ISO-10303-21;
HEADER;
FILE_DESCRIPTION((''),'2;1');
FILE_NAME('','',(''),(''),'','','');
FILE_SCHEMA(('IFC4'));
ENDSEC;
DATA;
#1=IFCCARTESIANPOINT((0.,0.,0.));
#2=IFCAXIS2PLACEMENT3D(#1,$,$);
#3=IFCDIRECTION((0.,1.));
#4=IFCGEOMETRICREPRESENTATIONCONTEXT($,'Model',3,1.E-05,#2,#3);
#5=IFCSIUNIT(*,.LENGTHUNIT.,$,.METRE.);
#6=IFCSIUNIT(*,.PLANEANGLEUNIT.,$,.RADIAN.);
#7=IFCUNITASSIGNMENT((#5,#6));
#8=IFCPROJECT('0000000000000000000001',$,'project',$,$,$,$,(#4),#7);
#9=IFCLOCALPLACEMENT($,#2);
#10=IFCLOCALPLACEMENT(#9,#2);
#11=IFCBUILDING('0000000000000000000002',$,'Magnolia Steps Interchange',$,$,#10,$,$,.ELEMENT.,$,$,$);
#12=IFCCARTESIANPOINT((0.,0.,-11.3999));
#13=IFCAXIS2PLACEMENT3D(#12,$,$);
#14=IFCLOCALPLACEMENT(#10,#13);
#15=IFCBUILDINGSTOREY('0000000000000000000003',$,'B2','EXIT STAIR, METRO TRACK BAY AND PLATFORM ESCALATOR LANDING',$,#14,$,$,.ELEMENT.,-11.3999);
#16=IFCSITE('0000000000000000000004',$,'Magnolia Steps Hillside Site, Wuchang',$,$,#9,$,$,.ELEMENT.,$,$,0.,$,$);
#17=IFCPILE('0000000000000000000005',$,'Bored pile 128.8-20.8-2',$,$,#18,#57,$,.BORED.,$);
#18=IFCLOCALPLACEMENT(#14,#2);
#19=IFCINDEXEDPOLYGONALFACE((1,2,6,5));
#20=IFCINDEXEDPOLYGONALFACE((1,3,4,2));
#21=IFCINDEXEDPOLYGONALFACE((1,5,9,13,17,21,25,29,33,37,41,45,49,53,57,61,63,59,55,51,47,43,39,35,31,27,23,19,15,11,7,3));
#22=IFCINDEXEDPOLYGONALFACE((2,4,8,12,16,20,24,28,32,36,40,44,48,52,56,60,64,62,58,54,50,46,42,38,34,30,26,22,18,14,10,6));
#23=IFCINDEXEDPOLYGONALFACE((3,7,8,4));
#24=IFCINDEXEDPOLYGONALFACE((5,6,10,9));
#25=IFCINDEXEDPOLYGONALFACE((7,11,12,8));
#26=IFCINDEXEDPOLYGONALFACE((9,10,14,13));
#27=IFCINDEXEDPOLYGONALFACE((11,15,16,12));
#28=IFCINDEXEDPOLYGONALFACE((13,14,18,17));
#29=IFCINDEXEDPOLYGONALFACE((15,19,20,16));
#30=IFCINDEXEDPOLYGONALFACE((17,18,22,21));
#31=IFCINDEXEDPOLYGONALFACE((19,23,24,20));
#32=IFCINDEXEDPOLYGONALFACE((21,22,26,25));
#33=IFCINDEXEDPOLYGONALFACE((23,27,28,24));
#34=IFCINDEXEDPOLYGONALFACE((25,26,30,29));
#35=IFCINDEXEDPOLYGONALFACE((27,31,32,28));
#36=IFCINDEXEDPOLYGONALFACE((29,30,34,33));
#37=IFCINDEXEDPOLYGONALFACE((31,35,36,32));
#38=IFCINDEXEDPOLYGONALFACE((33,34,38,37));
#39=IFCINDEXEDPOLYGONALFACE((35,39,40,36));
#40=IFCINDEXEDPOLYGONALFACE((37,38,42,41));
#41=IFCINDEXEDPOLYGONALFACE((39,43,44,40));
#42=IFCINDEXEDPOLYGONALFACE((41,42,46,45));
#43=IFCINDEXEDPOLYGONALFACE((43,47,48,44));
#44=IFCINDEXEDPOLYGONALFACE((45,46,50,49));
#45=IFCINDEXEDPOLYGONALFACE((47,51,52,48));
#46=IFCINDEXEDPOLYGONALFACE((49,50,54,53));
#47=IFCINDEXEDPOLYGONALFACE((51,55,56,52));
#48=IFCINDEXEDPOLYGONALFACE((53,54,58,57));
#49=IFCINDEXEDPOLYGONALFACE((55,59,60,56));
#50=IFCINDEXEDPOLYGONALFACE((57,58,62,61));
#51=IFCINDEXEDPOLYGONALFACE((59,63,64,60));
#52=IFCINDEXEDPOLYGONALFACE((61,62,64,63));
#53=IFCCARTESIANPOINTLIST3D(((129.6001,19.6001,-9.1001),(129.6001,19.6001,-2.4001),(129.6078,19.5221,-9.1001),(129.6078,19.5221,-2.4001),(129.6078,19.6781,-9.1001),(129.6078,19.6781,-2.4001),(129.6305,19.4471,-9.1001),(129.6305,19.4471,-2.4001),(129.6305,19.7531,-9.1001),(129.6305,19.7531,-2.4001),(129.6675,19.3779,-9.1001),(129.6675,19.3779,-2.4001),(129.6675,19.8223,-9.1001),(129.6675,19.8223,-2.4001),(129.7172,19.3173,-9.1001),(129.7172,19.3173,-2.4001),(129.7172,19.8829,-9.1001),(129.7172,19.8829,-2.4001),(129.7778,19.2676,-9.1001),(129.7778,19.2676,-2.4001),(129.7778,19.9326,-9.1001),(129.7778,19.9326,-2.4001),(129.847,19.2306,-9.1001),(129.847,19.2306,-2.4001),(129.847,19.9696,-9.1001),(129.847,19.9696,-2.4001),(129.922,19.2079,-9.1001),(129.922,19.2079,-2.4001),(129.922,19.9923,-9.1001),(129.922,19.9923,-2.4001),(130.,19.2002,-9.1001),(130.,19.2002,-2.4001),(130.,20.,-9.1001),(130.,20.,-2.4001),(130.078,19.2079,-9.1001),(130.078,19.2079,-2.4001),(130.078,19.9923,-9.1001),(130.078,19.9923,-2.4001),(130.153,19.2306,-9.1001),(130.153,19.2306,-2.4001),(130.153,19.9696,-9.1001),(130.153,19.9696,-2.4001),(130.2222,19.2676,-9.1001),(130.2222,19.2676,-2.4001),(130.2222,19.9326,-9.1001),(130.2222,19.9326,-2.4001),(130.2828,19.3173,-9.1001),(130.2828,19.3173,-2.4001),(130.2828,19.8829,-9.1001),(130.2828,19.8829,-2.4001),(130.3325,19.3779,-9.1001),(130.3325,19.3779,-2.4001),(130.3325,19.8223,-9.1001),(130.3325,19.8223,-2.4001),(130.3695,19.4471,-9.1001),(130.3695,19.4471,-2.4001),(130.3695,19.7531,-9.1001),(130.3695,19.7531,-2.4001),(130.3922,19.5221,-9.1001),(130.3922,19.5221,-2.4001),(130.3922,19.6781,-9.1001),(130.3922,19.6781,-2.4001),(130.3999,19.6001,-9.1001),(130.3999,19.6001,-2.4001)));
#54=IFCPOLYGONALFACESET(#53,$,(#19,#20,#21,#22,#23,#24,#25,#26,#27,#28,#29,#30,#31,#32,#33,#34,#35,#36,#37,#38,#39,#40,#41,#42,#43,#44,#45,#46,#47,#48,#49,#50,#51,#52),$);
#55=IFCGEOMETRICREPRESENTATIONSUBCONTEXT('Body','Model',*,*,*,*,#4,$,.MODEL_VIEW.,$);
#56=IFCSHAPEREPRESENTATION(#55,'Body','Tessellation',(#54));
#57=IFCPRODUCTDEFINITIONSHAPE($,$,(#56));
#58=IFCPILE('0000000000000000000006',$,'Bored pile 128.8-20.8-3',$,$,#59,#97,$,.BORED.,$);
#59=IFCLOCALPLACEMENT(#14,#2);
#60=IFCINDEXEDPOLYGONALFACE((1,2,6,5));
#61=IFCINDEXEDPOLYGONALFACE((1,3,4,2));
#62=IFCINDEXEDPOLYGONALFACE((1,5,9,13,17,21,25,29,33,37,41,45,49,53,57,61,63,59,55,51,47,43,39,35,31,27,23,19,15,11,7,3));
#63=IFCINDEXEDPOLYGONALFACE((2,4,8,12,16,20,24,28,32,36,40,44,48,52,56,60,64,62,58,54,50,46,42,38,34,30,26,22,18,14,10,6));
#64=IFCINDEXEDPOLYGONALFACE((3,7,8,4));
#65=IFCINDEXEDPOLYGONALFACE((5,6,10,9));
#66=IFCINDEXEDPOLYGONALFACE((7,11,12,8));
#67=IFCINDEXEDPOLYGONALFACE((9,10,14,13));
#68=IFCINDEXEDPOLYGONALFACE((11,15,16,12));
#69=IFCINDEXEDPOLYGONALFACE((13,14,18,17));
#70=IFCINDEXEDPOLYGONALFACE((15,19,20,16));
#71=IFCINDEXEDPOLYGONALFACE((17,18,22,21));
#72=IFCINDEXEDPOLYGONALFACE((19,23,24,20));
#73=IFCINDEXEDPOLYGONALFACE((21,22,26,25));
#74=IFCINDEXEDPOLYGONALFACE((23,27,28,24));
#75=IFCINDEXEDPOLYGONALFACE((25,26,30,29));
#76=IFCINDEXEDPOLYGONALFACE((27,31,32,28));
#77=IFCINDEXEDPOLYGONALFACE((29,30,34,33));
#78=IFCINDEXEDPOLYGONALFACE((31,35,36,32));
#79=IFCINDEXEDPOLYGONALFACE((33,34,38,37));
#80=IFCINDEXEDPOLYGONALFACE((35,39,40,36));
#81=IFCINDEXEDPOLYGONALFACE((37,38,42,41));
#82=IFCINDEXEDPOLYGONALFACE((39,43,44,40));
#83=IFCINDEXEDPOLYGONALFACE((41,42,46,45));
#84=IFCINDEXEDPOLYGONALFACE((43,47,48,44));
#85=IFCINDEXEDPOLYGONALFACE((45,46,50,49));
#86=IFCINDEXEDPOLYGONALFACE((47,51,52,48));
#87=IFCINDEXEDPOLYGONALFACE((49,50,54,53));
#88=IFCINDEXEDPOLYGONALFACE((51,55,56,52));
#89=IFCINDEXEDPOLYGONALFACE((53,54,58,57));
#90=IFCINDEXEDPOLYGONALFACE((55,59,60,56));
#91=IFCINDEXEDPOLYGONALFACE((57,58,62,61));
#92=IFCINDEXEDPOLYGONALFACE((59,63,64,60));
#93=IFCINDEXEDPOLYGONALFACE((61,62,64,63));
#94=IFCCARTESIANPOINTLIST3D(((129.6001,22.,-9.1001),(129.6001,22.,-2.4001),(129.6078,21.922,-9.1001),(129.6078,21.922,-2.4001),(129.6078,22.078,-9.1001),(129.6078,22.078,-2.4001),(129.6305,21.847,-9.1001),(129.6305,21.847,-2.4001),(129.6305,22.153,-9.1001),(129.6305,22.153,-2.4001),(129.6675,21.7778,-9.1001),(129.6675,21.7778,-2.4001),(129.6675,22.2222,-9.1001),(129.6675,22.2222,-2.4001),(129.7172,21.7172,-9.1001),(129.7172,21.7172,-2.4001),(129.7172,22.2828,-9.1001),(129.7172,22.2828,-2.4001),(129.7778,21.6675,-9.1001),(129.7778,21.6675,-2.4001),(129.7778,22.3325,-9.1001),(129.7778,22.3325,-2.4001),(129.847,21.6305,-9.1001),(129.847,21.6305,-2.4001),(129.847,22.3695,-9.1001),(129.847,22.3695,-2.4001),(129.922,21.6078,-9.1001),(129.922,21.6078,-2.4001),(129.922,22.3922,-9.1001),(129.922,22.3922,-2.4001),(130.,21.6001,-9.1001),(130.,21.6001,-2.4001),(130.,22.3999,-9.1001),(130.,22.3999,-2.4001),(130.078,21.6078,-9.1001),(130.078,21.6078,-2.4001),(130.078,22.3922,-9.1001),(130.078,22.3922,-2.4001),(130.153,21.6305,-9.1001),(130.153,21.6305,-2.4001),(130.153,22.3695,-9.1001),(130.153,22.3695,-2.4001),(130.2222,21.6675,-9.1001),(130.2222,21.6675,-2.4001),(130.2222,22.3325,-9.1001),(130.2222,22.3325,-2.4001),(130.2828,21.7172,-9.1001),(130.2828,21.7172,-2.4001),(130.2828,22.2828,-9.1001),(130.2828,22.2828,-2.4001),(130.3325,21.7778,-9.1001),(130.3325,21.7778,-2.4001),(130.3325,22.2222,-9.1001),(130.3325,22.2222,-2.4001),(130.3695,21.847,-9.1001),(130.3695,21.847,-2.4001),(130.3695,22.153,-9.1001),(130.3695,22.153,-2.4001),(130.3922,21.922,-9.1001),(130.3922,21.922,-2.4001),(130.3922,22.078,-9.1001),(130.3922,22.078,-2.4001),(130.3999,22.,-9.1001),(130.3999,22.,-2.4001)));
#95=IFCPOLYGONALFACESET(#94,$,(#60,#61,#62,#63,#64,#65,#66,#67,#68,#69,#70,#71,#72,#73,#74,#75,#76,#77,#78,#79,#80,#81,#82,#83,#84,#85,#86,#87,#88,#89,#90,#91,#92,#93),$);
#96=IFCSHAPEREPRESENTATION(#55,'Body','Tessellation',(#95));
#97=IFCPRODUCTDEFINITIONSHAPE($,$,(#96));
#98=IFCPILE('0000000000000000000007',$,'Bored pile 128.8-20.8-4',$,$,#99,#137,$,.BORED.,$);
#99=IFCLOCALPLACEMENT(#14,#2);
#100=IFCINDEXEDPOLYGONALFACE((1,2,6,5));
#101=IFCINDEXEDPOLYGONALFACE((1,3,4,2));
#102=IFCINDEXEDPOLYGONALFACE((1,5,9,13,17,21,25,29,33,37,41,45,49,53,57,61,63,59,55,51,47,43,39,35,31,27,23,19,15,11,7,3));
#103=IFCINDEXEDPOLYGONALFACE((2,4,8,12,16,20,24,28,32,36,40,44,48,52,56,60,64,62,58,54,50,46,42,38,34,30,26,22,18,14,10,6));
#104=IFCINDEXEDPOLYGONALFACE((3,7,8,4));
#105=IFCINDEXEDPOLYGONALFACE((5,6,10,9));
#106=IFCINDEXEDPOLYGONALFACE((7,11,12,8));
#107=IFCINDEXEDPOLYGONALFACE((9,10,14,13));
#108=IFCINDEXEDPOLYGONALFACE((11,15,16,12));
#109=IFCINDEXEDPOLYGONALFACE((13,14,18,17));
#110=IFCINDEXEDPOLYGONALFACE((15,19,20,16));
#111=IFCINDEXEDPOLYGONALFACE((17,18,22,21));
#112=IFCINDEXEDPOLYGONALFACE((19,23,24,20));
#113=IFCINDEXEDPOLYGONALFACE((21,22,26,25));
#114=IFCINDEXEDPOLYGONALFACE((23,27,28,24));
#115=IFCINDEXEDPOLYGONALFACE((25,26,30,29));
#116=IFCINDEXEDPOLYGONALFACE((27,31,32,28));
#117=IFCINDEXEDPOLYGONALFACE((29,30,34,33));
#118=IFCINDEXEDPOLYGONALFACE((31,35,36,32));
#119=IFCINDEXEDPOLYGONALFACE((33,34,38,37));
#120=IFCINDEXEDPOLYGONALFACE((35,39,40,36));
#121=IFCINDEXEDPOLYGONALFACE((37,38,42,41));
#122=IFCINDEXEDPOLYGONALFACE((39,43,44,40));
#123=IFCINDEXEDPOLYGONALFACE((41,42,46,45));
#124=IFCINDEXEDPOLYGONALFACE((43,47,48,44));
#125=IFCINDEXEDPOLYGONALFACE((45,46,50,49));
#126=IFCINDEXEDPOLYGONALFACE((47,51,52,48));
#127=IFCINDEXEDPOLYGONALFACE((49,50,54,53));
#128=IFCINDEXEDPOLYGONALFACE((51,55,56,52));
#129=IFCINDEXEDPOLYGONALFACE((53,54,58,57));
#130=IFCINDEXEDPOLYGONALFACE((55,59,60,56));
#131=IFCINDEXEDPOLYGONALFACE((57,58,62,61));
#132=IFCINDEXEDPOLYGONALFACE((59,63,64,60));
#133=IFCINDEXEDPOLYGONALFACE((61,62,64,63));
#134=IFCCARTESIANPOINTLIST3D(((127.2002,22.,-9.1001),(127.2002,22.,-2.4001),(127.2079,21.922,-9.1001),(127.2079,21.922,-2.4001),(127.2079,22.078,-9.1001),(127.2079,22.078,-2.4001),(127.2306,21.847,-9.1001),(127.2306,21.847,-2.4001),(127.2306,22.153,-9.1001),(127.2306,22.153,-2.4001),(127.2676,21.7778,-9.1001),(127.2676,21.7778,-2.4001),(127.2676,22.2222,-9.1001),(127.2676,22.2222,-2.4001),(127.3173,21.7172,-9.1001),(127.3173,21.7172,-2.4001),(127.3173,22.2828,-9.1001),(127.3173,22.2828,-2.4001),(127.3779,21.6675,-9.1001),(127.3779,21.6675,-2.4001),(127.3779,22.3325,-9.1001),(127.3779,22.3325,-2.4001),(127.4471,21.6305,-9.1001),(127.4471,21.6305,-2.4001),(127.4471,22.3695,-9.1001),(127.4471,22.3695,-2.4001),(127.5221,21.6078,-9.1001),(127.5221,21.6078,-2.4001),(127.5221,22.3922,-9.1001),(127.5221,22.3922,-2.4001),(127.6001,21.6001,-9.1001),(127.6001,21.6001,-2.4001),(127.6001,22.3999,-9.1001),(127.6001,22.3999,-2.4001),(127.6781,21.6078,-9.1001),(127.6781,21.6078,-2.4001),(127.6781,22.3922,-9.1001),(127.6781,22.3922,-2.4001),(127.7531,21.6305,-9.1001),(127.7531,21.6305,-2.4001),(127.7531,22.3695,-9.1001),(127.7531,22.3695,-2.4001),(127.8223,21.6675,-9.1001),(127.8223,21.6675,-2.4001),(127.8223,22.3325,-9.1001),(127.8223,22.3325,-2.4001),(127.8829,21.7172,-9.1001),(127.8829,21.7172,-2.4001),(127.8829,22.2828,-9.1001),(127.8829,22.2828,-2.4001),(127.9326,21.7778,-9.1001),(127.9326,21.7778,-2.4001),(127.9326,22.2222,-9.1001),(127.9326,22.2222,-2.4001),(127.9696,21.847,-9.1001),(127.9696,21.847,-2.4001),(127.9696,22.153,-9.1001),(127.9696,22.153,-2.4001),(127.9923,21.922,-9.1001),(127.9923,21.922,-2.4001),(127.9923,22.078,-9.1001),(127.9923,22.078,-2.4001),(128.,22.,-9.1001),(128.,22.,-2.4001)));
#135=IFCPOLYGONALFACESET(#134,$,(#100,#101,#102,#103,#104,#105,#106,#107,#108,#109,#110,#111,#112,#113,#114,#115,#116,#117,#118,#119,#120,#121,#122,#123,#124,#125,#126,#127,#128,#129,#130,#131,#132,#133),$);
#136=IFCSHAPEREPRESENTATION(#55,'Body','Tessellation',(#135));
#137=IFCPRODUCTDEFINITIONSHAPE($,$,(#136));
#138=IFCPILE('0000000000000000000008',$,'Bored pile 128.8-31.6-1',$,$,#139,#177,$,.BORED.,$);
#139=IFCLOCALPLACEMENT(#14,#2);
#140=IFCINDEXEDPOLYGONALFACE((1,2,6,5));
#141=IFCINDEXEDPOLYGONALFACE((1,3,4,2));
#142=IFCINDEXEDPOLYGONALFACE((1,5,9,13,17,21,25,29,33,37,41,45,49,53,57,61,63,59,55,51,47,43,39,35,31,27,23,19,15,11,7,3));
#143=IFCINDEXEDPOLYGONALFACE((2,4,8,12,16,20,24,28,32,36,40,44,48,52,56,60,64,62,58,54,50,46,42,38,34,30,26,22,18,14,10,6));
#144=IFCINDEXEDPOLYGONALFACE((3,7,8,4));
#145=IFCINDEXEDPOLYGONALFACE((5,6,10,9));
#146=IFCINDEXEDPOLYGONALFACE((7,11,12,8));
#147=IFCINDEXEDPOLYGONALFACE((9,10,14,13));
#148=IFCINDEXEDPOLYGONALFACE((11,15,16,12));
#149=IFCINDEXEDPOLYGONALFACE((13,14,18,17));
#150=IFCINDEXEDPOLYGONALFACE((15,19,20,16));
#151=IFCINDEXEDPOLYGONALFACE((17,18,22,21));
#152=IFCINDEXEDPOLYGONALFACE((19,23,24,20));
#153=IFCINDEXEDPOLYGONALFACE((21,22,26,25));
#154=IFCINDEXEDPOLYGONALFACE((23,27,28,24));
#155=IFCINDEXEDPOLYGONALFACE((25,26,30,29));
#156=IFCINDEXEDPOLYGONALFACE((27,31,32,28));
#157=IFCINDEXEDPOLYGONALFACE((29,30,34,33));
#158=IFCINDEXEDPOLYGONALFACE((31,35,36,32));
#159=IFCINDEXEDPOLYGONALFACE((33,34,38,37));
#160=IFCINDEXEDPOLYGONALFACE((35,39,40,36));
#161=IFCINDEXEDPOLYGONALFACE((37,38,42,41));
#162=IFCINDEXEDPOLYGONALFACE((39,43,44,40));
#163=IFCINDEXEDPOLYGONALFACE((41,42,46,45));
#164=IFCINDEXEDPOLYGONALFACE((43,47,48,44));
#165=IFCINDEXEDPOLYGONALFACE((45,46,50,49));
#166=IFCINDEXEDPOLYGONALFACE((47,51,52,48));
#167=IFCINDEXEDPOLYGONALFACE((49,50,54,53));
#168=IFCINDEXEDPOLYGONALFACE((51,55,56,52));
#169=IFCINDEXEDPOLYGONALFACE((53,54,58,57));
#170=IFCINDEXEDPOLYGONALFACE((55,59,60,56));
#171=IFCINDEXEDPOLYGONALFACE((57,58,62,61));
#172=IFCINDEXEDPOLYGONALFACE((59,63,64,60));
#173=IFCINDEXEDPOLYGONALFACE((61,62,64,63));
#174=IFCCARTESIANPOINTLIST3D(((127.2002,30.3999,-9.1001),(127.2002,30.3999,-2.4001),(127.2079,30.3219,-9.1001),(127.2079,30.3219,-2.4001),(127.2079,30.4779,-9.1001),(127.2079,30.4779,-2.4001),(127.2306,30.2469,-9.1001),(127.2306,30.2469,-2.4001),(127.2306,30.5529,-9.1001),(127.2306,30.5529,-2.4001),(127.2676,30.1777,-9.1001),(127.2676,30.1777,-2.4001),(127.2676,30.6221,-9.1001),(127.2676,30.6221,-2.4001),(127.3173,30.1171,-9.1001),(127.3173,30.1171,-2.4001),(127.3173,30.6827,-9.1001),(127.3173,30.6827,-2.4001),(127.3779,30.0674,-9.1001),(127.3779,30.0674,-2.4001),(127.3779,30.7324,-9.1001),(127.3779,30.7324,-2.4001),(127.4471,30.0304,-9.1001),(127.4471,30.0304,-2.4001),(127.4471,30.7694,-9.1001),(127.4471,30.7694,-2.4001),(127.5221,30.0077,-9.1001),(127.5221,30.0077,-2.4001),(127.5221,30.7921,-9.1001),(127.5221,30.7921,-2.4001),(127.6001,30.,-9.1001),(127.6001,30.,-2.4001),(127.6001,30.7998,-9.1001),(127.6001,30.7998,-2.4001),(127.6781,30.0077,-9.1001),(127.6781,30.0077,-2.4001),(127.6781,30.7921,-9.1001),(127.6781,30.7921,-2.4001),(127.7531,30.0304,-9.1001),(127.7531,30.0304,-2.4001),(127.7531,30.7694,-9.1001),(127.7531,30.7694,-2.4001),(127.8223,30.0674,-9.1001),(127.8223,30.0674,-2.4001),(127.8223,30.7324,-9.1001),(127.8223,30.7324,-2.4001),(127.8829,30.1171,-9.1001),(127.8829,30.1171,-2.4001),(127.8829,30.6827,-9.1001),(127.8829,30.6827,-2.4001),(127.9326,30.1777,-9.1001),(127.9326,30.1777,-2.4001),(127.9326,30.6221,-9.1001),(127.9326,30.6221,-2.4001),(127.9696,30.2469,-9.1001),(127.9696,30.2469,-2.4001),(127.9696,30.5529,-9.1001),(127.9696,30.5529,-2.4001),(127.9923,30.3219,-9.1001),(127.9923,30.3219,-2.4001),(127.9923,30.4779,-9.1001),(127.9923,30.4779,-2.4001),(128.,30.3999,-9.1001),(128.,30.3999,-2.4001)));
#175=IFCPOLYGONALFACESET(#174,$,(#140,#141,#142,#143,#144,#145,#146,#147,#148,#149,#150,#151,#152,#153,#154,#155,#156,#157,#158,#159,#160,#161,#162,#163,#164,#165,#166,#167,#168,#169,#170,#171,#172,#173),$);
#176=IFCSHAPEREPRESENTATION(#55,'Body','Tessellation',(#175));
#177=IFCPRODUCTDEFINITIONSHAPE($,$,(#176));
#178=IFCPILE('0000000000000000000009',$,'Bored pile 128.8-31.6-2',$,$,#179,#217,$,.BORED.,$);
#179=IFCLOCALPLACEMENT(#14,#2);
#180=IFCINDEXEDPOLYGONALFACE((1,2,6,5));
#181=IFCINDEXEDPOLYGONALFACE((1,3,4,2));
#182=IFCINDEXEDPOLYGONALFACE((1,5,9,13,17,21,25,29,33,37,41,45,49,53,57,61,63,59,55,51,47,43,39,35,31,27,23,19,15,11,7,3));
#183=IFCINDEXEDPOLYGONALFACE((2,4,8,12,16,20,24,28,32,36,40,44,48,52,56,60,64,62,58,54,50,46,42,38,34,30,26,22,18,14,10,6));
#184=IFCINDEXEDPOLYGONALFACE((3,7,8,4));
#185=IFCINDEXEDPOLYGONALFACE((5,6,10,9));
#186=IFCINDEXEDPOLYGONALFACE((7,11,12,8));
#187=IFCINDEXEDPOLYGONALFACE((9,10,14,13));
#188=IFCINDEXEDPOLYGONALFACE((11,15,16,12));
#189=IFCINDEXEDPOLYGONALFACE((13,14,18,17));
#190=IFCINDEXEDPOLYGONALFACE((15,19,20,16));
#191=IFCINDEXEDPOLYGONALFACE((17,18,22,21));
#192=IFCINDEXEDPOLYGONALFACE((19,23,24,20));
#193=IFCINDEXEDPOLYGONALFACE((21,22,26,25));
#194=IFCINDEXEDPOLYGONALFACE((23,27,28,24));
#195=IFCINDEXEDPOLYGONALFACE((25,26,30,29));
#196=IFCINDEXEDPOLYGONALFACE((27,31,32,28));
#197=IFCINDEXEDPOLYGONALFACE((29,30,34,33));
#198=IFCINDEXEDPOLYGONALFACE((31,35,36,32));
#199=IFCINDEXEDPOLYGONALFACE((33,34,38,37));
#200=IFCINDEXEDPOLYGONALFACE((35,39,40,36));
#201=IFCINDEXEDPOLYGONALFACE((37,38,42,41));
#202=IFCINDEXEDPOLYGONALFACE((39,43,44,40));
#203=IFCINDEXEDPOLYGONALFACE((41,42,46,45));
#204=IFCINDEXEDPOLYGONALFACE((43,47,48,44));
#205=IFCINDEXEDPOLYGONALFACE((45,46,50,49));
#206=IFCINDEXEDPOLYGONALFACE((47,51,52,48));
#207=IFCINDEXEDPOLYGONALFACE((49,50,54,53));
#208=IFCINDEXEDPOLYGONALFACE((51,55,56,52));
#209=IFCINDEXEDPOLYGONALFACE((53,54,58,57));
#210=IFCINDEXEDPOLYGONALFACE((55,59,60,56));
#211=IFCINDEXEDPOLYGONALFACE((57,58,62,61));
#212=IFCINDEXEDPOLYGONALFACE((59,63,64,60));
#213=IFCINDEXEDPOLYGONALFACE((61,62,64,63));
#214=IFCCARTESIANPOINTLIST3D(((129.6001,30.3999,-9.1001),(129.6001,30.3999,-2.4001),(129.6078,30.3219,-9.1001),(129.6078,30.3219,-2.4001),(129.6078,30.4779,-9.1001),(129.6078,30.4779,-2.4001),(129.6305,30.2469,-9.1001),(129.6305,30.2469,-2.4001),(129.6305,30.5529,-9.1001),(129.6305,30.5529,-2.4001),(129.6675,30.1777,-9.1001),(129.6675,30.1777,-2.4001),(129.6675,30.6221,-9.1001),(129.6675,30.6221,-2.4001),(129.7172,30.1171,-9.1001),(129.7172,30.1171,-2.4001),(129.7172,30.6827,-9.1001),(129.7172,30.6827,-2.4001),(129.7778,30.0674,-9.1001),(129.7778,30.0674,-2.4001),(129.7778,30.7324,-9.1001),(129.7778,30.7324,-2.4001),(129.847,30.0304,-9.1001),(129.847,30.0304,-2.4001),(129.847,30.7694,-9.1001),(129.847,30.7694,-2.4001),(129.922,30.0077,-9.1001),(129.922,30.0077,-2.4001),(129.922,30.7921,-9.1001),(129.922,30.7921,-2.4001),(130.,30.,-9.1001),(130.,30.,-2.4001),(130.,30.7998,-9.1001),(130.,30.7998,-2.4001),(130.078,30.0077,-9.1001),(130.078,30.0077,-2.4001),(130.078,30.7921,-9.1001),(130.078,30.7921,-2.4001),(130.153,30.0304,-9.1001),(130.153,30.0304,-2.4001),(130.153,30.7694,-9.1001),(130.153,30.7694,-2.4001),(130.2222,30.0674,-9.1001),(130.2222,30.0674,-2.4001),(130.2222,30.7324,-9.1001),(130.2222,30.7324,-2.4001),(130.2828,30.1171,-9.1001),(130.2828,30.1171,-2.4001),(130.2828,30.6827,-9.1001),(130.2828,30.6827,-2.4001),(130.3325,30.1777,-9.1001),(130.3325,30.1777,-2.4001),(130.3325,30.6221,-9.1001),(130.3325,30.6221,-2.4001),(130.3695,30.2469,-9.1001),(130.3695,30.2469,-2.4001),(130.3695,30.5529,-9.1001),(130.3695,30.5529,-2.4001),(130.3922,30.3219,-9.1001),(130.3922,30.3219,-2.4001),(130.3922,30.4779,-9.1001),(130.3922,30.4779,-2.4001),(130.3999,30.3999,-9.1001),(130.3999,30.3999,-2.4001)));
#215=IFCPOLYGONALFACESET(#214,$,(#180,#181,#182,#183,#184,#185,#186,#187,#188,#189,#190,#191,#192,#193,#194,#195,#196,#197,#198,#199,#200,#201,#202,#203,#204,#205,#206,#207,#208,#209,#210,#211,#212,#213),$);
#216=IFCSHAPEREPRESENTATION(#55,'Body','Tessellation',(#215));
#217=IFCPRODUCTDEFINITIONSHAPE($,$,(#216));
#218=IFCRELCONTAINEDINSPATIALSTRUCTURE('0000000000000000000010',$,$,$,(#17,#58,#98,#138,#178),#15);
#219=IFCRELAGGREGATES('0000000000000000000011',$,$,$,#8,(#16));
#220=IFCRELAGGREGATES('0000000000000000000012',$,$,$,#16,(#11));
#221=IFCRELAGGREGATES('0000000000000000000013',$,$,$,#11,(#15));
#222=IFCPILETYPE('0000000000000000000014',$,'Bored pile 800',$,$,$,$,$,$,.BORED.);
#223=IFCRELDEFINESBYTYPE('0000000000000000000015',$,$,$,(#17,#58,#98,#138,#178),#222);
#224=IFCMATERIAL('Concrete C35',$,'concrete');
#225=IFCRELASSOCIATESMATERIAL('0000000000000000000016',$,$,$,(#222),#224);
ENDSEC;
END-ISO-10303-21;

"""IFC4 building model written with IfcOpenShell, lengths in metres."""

from ifc_helpers import new_model, si_unit, direction, frame, origin, origin_2d, place, context, subcontext, project, spatial, circle, extrude, material, material_profile, profile_set, type_object, element, save


model = new_model("IFC4")

# Units and contexts
model_context = context("Model", 3, precision=1e-05, world=origin(), true_north=direction((0.0, 1.0)))
body_context = subcontext(model_context, "Body", "Model", "MODEL_VIEW")
ifc_project = project(units=[si_unit("LENGTHUNIT", "METRE"), si_unit("PLANEANGLEUNIT", "RADIAN")], contexts=[model_context])

# Site, building, storey
site_placement = place(None, origin())
site = spatial("IfcSite", under=ifc_project, at=site_placement, Name="Magnolia Steps Hillside Site, Wuchang", CompositionType="ELEMENT", RefElevation=0.0)
building_placement = place(site_placement, origin())
building = spatial("IfcBuilding", under=site, at=building_placement, Name="Magnolia Steps Interchange", CompositionType="ELEMENT")
storey_placement = place(building_placement, frame((0.0, 0.0, -11.3999)))
storey = spatial("IfcBuildingStorey", under=building, at=storey_placement, Name="B2", Description="EXIT STAIR, METRO TRACK BAY AND PLATFORM ESCALATOR LANDING", CompositionType="ELEMENT", Elevation=-11.3999)

# Piles
ifc_material_1 = material(Name="Concrete C35", Category="concrete")
ifc_material_profile_1 = material_profile(ifc_material_1, circle(Radius=0.3999, at=origin_2d()), Name="Bored pile 800")
ifc_profile_set_1 = profile_set([ifc_material_profile_1], Name="Concrete C35")
pile_type = type_object("IfcPileType", Name="Bored pile 800", PredefinedType="BORED", material=ifc_profile_set_1)
for number, where, z_axis, x_axis, name in (
    (1, (130.0, 19.6001, -2.4001), (0.0, 0.0, -1.0), (1.0, 0.0, 0.0), "Bored pile 128.8-20.8-2"),
    (2, (130.0, 22.0, -2.4001), (0.0, 0.0, -1.0), (1.0, 0.0, 0.0), "Bored pile 128.8-20.8-3"),
    (3, (127.6001, 22.0, -2.4001), (0.0, 0.0, -1.0), (1.0, 0.0, 0.0), "Bored pile 128.8-20.8-4"),
    (4, (127.6001, 30.3999, -2.4001), (0.0, 0.0, -1.0), (1.0, 0.0, 0.0), "Bored pile 128.8-31.6-1"),
    (5, (130.0, 30.3999, -2.4001), (0.0, 0.0, -1.0), (1.0, 0.0, 0.0), "Bored pile 128.8-31.6-2"),
):
    element("IfcPile", number, at=place(storey_placement, frame(where, z_axis=z_axis, x_axis=x_axis)), inside=storey, type_object=pile_type, Name=name, PredefinedType="BORED", context=body_context, shape_type="SweptSolid", body=[
        extrude(circle(Radius=0.3999, at=origin_2d()), origin(), (0.0, 0.0, 1.0), 6.7),
    ])

save(model, "model.ifc")
